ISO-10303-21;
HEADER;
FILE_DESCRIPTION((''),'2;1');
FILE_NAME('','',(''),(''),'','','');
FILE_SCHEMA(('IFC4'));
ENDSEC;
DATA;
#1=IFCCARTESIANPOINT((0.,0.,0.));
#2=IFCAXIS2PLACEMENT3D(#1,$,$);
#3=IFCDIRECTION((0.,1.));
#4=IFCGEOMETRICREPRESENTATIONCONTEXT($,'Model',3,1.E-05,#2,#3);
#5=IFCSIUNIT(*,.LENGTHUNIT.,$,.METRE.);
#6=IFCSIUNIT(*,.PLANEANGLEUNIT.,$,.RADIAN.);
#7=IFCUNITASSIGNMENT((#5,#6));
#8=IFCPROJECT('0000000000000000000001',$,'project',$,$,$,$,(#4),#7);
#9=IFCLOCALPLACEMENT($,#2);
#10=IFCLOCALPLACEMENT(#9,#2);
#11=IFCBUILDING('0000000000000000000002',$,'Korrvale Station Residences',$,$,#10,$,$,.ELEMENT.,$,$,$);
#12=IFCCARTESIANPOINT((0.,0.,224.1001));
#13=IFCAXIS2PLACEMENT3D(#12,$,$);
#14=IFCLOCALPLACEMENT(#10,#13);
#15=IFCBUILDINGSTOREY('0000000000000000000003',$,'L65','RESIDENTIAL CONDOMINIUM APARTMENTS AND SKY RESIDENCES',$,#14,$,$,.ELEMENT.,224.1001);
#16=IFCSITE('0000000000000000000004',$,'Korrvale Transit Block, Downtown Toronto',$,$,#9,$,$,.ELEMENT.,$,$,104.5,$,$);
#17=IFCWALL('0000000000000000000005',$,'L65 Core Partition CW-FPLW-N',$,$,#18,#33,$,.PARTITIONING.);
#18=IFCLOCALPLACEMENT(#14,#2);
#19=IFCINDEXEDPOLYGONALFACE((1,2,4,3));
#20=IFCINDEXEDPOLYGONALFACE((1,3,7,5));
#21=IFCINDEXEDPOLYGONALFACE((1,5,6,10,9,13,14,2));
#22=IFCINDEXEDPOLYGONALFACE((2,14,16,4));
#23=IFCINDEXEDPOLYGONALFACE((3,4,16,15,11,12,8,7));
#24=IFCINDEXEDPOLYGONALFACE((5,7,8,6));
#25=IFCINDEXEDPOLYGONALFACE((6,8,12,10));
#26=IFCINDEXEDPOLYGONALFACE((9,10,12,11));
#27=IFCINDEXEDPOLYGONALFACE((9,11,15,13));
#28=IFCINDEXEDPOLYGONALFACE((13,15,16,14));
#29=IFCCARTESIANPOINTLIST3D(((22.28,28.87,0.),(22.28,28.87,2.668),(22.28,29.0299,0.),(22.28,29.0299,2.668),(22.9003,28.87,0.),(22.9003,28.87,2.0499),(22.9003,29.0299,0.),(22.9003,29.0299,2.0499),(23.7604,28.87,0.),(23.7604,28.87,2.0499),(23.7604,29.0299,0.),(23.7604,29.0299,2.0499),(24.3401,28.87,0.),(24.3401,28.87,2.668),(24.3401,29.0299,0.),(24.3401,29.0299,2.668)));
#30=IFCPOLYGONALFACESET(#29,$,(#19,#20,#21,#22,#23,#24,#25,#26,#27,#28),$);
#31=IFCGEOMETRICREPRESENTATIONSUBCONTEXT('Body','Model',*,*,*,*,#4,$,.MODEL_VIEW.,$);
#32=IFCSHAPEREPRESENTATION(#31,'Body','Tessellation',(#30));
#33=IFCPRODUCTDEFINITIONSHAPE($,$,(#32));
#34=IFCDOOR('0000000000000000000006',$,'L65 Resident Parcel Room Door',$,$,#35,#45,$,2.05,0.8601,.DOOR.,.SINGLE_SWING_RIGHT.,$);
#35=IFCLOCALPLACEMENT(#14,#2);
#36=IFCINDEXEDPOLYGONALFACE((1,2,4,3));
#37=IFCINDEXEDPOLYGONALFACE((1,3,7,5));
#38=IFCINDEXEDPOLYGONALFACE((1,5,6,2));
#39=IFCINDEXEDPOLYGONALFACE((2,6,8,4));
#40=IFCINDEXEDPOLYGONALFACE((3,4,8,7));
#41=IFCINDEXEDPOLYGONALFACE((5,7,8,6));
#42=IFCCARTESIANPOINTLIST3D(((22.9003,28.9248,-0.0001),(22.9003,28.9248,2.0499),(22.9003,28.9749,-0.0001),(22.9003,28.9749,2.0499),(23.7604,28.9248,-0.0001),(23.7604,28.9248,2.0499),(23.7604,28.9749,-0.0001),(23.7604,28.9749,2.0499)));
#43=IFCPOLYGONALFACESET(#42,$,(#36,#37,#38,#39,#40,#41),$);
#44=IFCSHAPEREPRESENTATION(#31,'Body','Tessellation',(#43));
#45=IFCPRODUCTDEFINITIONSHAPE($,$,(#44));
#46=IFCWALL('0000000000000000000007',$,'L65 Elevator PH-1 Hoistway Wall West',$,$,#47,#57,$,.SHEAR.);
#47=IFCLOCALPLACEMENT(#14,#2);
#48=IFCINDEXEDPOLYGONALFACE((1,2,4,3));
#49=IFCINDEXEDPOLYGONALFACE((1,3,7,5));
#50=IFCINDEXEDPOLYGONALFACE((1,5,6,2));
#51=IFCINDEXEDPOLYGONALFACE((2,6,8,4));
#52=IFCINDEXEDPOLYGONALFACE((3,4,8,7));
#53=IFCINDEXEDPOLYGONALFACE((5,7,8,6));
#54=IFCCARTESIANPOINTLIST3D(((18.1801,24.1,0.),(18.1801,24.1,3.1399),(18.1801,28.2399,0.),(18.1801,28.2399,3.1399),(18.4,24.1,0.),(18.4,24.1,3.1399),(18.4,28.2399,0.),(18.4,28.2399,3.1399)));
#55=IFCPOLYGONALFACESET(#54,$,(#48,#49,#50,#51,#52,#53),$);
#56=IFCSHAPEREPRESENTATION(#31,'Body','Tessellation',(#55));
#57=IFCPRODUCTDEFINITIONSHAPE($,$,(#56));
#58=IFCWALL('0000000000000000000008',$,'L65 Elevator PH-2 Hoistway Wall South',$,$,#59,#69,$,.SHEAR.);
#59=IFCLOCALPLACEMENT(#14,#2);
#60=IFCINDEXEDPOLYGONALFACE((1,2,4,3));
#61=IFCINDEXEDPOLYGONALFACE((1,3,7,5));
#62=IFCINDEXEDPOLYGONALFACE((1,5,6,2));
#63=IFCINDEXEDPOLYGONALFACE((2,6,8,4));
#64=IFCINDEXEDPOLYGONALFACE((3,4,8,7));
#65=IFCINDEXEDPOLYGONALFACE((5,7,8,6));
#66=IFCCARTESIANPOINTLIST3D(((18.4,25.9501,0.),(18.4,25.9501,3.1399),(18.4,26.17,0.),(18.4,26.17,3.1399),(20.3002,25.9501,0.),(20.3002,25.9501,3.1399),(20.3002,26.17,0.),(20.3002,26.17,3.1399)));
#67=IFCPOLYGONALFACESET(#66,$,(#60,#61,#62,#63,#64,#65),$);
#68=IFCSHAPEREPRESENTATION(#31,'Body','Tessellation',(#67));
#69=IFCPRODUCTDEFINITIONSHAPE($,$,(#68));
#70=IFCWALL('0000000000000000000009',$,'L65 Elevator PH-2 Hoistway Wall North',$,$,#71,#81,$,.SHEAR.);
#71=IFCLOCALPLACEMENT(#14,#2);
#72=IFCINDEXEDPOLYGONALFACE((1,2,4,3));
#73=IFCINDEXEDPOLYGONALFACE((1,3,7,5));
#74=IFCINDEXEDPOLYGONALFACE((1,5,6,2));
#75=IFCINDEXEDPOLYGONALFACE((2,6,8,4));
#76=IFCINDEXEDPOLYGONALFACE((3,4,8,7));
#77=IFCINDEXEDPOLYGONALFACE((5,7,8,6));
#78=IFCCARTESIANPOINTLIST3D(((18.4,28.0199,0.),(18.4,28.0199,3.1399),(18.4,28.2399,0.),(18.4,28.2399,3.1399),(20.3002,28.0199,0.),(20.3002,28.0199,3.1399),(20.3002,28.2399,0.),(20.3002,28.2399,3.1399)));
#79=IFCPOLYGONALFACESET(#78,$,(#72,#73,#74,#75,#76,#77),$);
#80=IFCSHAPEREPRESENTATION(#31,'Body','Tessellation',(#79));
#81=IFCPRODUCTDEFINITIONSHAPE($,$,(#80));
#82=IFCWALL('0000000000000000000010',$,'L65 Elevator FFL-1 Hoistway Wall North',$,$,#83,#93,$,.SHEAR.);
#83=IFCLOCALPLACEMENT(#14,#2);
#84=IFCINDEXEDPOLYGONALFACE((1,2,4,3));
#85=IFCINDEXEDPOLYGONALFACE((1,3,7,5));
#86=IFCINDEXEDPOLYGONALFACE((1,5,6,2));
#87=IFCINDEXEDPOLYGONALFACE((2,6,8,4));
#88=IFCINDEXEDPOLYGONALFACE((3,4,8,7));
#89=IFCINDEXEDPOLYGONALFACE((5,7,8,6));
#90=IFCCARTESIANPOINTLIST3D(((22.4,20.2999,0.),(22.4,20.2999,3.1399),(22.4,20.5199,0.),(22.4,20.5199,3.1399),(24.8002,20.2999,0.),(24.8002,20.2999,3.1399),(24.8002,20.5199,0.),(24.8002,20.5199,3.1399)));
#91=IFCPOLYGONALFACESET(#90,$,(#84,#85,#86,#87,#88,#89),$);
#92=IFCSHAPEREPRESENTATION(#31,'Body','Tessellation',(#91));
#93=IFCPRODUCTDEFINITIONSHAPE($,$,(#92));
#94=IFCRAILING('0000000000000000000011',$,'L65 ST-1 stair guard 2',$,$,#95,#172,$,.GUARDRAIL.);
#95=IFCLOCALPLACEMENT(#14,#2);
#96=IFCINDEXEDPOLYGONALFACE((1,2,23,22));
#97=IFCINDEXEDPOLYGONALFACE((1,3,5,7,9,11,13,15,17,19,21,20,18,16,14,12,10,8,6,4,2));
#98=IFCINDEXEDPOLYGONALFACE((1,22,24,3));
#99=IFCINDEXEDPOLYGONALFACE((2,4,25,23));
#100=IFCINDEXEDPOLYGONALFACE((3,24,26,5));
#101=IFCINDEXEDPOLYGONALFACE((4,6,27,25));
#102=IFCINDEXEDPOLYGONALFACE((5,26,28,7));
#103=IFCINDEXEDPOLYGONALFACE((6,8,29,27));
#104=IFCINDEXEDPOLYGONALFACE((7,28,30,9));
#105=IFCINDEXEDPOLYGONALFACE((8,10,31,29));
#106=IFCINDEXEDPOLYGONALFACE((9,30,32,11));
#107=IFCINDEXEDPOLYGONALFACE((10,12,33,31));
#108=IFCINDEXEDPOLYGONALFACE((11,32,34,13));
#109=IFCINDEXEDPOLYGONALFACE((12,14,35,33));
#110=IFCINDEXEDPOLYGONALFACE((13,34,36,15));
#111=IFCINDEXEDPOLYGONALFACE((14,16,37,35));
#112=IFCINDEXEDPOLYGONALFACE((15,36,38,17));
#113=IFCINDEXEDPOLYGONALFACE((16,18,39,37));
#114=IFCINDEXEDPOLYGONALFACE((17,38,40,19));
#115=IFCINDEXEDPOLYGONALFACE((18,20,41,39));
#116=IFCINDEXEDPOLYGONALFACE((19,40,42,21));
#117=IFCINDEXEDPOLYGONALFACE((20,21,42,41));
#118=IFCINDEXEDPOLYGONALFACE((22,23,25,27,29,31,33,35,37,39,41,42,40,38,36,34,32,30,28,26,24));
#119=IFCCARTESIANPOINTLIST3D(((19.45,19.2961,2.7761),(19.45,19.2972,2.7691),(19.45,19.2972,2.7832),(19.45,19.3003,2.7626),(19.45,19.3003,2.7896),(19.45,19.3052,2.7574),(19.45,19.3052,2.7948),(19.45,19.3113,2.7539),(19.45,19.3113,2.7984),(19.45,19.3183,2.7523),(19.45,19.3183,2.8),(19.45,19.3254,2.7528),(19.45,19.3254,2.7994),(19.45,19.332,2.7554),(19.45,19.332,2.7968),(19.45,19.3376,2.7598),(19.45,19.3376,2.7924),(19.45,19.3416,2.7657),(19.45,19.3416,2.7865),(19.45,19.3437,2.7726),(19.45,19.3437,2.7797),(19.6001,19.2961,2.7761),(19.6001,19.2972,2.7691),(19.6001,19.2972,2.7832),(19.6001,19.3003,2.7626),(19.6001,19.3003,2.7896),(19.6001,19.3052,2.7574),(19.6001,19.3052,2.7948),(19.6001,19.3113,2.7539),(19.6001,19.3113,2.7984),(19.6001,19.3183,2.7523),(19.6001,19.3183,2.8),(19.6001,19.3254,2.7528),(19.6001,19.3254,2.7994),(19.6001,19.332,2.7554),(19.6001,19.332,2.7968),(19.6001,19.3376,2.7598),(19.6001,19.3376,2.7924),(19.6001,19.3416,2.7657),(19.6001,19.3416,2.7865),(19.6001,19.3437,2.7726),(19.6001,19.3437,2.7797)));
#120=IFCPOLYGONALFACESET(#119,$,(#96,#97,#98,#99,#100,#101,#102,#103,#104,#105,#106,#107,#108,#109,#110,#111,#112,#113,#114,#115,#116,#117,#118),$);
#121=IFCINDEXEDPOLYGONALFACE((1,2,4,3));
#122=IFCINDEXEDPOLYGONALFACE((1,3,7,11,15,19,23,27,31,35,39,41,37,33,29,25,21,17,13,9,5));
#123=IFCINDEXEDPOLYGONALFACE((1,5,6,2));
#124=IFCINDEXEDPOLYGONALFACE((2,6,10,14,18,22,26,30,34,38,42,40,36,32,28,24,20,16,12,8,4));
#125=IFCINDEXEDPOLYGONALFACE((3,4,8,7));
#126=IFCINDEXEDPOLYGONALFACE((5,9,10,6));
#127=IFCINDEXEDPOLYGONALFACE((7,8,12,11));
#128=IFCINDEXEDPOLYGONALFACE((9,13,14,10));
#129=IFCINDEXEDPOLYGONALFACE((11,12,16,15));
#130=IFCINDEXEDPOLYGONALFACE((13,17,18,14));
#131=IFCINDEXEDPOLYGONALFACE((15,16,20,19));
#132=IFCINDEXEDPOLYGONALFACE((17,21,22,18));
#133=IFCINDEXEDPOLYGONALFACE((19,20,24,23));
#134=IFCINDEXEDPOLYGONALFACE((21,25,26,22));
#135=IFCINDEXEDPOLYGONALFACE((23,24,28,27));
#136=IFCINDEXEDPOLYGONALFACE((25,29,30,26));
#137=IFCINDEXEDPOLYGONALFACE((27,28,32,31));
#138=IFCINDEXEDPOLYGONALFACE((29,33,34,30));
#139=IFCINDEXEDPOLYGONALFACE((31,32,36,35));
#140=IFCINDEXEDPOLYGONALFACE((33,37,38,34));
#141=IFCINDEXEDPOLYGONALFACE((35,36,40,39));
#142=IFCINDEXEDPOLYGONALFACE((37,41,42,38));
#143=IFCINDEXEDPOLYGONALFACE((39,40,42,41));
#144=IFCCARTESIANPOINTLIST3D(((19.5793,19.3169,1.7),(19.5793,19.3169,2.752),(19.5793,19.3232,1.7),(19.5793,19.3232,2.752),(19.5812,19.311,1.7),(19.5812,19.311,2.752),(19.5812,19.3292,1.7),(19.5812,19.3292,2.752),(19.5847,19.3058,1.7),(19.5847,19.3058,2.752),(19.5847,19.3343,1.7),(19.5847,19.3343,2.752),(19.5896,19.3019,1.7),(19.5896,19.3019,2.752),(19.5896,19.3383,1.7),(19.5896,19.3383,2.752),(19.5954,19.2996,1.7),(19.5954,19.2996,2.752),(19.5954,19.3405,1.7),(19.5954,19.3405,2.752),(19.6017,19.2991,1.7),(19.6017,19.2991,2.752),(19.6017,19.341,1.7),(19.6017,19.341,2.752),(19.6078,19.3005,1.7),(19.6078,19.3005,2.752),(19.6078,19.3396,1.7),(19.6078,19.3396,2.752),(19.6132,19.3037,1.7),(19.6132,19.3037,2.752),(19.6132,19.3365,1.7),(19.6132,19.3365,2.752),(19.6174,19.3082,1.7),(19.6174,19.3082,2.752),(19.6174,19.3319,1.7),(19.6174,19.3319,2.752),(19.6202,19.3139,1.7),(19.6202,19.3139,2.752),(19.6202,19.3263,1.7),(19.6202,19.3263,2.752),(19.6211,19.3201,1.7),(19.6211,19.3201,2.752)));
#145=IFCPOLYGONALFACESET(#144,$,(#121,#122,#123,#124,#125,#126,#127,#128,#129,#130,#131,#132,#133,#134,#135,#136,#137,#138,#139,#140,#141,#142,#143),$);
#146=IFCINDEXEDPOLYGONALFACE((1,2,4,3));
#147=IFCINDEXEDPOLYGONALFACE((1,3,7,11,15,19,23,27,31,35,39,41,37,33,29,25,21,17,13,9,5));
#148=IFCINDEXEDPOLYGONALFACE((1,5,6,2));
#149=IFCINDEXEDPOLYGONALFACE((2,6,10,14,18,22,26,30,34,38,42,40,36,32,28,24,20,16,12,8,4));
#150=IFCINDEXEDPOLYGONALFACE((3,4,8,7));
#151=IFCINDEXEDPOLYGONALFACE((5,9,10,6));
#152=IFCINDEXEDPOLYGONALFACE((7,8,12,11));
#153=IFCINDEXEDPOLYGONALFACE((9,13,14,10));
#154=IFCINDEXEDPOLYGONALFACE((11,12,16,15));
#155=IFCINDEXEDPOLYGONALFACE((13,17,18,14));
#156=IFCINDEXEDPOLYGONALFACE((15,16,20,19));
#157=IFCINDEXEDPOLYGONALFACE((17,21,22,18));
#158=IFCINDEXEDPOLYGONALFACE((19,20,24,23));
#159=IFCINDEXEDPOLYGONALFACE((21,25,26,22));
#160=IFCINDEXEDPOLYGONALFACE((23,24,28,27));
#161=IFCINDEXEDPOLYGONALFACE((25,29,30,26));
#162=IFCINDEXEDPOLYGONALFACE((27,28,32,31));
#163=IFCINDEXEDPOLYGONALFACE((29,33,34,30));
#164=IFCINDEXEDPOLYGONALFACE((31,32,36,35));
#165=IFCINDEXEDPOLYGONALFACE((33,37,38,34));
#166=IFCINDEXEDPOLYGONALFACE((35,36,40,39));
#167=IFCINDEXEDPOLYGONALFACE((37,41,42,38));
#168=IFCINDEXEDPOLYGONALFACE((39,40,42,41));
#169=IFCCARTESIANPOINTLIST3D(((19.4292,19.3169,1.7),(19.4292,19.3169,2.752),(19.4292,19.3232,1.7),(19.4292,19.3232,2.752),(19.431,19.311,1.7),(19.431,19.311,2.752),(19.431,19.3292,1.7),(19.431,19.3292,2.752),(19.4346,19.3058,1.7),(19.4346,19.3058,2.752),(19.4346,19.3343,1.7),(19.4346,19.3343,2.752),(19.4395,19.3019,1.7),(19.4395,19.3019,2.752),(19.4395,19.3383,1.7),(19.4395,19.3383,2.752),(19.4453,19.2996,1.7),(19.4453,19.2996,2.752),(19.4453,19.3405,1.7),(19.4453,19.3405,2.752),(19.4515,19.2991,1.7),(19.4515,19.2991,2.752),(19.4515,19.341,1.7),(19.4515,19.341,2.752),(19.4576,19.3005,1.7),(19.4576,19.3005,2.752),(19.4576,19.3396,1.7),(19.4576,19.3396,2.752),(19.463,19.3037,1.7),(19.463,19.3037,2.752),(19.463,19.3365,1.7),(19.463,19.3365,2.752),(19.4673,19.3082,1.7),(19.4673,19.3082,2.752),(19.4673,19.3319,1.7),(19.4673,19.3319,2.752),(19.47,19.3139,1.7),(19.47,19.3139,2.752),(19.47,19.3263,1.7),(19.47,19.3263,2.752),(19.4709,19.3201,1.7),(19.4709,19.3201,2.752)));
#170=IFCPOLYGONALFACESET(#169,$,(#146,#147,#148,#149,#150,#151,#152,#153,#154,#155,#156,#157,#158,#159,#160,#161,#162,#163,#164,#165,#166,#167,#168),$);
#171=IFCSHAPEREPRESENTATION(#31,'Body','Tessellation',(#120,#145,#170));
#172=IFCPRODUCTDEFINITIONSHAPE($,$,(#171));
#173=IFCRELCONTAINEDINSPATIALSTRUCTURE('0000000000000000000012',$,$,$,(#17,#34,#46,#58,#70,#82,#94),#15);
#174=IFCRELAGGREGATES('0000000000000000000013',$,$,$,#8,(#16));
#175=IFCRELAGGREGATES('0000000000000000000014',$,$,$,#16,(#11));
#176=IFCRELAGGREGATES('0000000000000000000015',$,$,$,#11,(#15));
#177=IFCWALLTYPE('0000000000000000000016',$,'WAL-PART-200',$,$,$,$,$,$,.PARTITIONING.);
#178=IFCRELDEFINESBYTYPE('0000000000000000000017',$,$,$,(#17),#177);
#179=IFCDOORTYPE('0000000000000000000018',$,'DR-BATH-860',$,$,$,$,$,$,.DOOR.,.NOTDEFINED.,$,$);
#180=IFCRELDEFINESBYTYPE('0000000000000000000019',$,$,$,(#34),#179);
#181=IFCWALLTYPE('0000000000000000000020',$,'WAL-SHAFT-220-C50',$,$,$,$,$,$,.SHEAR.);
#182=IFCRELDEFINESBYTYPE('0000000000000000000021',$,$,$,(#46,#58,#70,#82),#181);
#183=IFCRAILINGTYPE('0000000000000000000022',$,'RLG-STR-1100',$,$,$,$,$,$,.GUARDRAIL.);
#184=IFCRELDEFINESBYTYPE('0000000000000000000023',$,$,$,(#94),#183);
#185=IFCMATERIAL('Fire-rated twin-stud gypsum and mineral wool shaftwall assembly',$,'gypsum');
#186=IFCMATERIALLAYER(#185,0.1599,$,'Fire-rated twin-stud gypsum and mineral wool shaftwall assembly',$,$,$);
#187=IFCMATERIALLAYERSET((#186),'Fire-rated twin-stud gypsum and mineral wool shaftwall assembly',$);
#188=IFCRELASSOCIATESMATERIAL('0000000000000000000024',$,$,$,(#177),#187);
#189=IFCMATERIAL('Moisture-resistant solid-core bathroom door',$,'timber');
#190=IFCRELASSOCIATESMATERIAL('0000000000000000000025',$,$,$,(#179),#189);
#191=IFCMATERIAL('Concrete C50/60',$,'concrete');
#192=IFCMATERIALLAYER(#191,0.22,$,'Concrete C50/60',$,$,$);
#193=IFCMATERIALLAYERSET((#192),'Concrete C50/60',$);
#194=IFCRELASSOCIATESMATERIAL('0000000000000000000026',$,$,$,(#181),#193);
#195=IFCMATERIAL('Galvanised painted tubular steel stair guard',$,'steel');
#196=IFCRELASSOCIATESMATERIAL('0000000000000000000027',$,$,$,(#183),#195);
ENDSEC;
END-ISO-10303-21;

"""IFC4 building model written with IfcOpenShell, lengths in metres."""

from ifc_helpers import new_model, si_unit, direction, frame, frame_2d, origin, origin_2d, place, context, subcontext, project, spatial, rectangle, circle, extrude, material, layer, layer_set, type_object, element, fill, save


model = new_model("IFC4")

# Units and contexts
model_context = context("Model", 3, precision=1e-05, world=origin(), true_north=direction((0.0, 1.0)))
body_context = subcontext(model_context, "Body", "Model", "MODEL_VIEW")
ifc_project = project(units=[si_unit("LENGTHUNIT", "METRE"), si_unit("PLANEANGLEUNIT", "RADIAN")], contexts=[model_context])

# Site, building, storey
site_placement = place(None, origin())
site = spatial("IfcSite", under=ifc_project, at=site_placement, Name="Korrvale Transit Block, Downtown Toronto", CompositionType="ELEMENT", RefElevation=104.5)
building_placement = place(site_placement, origin())
building = spatial("IfcBuilding", under=site, at=building_placement, Name="Korrvale Station Residences", CompositionType="ELEMENT")
storey_placement = place(building_placement, frame((0.0, 0.0, 224.1001)))
storey = spatial("IfcBuildingStorey", under=building, at=storey_placement, Name="L65", Description="RESIDENTIAL CONDOMINIUM APARTMENTS AND SKY RESIDENCES", CompositionType="ELEMENT", Elevation=224.1001)

# Shared definitions
ifc_material_1 = material(Name="Concrete C50/60", Category="concrete")

# Shared definitions
ifc_material_2 = material(Name="Fire-rated twin-stud gypsum and mineral wool shaftwall assembly", Category="gypsum")
ifc_layer_1 = layer(ifc_material_2, 0.1599, Name="Fire-rated twin-stud gypsum and mineral wool shaftwall assembly")
ifc_layer_set_1 = layer_set([ifc_layer_1], Name="Fire-rated twin-stud gypsum and mineral wool shaftwall assembly")
wall_type_1 = type_object("IfcWallType", Name="WAL-PART-200", PredefinedType="PARTITIONING", material=ifc_layer_set_1)

# Wall, opening, door
ifc_material_3 = material(Name="Moisture-resistant solid-core bathroom door", Category="timber")
door_type_1 = type_object("IfcDoorType", Name="DR-BATH-860", OperationType="NOTDEFINED", PredefinedType="DOOR", material=ifc_material_3)
wall_1_placement = place(storey_placement, frame((22.28, 28.95, 0.0), z_axis=(0.0, 0.0, 1.0), x_axis=(1.0, 0.0, 0.0)))
wall_1 = element("IfcWall", 1, at=wall_1_placement, inside=storey, type_object=wall_type_1, Name="L65 Core Partition CW-FPLW-N", PredefinedType="PARTITIONING", context=body_context, shape_type="SweptSolid", body=[
    extrude(rectangle(XDim=2.0601, YDim=0.1599, at=frame_2d((1.03, 0.0))), origin(), (0.0, 0.0, 1.0), 2.668),
])
opening_1_placement = place(wall_1_placement, frame((0.6201, 0.0, 0.0)))
opening_1 = element("IfcOpeningElement", 2, at=opening_1_placement, cuts=wall_1, PredefinedType="OPENING", context=body_context, shape_type="SweptSolid", body=[
    extrude(rectangle(XDim=0.8601, YDim=2.05, at=frame_2d((0.4302, 1.0249))), frame((0.0, 0.0898, 0.0), z_axis=(0.0, -1.0, 0.0), x_axis=(1.0, 0.0, 0.0)), (0.0, 0.0, 1.0), 0.1799),
])
door_1_placement = place(opening_1_placement, origin())
door_1 = element("IfcDoor", 3, at=door_1_placement, inside=storey, type_object=door_type_1, Name="L65 Resident Parcel Room Door", OperationType="SINGLE_SWING_RIGHT", OverallHeight=2.05, OverallWidth=0.8601, PredefinedType="DOOR", context=body_context, shape_type="SweptSolid", body=[
    extrude(rectangle(XDim=0.8601, YDim=2.05, at=frame_2d((0.4302, 1.0249))), frame((0.0, 0.0249, 0.0), z_axis=(0.0, -1.0, 0.0), x_axis=(1.0, 0.0, 0.0)), (0.0, 0.0, 1.0), 0.05),
])
fill(opening_1, door_1)

# Wall
ifc_layer_2 = layer(ifc_material_1, 0.22, Name="Concrete C50/60")
ifc_layer_set_2 = layer_set([ifc_layer_2], Name="Concrete C50/60")
wall_type_2 = type_object("IfcWallType", Name="WAL-SHAFT-220-C50", PredefinedType="SHEAR", material=ifc_layer_set_2)
wall_2_placement = place(storey_placement, frame((18.29, 24.1001, 0.0), z_axis=(0.0, 0.0, 1.0), x_axis=(0.0, 1.0, 0.0)))
element("IfcWall", 4, at=wall_2_placement, inside=storey, type_object=wall_type_2, Name="L65 Elevator PH-1 Hoistway Wall West", PredefinedType="SHEAR", context=body_context, shape_type="SweptSolid", body=[
    extrude(rectangle(XDim=4.1399, YDim=0.22, at=frame_2d((2.0698, 0.0))), origin(), (0.0, 0.0, 1.0), 3.1399),
])

# Walls
for number, where, z_axis, x_axis, name in (
    (5, (18.3999, 26.0601, 0.0), (0.0, 0.0, 1.0), (1.0, 0.0, 0.0), "L65 Elevator PH-2 Hoistway Wall South"),
    (6, (18.3999, 28.1299, 0.0), (0.0, 0.0, 1.0), (1.0, 0.0, 0.0), "L65 Elevator PH-2 Hoistway Wall North"),
):
    element("IfcWall", number, at=place(storey_placement, frame(where, z_axis=z_axis, x_axis=x_axis)), inside=storey, type_object=wall_type_2, Name=name, PredefinedType="SHEAR", context=body_context, shape_type="SweptSolid", body=[
        extrude(rectangle(XDim=1.9001, YDim=0.22, at=frame_2d((0.9502, 0.0))), origin(), (0.0, 0.0, 1.0), 3.1399),
    ])

# Wall
wall_3_placement = place(storey_placement, frame((22.3999, 20.4099, 0.0), z_axis=(0.0, 0.0, 1.0), x_axis=(1.0, 0.0, 0.0)))
element("IfcWall", 7, at=wall_3_placement, inside=storey, type_object=wall_type_2, Name="L65 Elevator FFL-1 Hoistway Wall North", PredefinedType="SHEAR", context=body_context, shape_type="SweptSolid", body=[
    extrude(rectangle(XDim=2.4001, YDim=0.22, at=frame_2d((1.2002, 0.0))), origin(), (0.0, 0.0, 1.0), 3.1399),
])

# Railing
ifc_material_4 = material(Name="Galvanised painted tubular steel stair guard", Category="steel")
railing_type = type_object("IfcRailingType", Name="RLG-STR-1100", PredefinedType="GUARDRAIL", material=ifc_material_4)
railing_placement = place(storey_placement, frame((19.6001, 19.3201, 1.7)))
element("IfcRailing", 8, at=railing_placement, inside=storey, type_object=railing_type, Name="L65 ST-1 stair guard 2", PredefinedType="GUARDRAIL", context=body_context, shape_type="SweptSolid", body=[
    extrude(circle(Radius=0.0239, at=origin_2d()), frame((0.0, 0.0, 1.0762), z_axis=(-1.0, 0.0, 0.0), x_axis=(0.0, -1.0, 0.0)), (0.0, 0.0, 1.0), 0.1501),
    extrude(circle(Radius=0.021, at=origin_2d()), origin(), (0.0, 0.0, 1.0), 1.052),
    extrude(circle(Radius=0.021, at=origin_2d()), frame((-0.1501, 0.0, 0.0)), (0.0, 0.0, 1.0), 1.052),
])

save(model, "model.ifc")
